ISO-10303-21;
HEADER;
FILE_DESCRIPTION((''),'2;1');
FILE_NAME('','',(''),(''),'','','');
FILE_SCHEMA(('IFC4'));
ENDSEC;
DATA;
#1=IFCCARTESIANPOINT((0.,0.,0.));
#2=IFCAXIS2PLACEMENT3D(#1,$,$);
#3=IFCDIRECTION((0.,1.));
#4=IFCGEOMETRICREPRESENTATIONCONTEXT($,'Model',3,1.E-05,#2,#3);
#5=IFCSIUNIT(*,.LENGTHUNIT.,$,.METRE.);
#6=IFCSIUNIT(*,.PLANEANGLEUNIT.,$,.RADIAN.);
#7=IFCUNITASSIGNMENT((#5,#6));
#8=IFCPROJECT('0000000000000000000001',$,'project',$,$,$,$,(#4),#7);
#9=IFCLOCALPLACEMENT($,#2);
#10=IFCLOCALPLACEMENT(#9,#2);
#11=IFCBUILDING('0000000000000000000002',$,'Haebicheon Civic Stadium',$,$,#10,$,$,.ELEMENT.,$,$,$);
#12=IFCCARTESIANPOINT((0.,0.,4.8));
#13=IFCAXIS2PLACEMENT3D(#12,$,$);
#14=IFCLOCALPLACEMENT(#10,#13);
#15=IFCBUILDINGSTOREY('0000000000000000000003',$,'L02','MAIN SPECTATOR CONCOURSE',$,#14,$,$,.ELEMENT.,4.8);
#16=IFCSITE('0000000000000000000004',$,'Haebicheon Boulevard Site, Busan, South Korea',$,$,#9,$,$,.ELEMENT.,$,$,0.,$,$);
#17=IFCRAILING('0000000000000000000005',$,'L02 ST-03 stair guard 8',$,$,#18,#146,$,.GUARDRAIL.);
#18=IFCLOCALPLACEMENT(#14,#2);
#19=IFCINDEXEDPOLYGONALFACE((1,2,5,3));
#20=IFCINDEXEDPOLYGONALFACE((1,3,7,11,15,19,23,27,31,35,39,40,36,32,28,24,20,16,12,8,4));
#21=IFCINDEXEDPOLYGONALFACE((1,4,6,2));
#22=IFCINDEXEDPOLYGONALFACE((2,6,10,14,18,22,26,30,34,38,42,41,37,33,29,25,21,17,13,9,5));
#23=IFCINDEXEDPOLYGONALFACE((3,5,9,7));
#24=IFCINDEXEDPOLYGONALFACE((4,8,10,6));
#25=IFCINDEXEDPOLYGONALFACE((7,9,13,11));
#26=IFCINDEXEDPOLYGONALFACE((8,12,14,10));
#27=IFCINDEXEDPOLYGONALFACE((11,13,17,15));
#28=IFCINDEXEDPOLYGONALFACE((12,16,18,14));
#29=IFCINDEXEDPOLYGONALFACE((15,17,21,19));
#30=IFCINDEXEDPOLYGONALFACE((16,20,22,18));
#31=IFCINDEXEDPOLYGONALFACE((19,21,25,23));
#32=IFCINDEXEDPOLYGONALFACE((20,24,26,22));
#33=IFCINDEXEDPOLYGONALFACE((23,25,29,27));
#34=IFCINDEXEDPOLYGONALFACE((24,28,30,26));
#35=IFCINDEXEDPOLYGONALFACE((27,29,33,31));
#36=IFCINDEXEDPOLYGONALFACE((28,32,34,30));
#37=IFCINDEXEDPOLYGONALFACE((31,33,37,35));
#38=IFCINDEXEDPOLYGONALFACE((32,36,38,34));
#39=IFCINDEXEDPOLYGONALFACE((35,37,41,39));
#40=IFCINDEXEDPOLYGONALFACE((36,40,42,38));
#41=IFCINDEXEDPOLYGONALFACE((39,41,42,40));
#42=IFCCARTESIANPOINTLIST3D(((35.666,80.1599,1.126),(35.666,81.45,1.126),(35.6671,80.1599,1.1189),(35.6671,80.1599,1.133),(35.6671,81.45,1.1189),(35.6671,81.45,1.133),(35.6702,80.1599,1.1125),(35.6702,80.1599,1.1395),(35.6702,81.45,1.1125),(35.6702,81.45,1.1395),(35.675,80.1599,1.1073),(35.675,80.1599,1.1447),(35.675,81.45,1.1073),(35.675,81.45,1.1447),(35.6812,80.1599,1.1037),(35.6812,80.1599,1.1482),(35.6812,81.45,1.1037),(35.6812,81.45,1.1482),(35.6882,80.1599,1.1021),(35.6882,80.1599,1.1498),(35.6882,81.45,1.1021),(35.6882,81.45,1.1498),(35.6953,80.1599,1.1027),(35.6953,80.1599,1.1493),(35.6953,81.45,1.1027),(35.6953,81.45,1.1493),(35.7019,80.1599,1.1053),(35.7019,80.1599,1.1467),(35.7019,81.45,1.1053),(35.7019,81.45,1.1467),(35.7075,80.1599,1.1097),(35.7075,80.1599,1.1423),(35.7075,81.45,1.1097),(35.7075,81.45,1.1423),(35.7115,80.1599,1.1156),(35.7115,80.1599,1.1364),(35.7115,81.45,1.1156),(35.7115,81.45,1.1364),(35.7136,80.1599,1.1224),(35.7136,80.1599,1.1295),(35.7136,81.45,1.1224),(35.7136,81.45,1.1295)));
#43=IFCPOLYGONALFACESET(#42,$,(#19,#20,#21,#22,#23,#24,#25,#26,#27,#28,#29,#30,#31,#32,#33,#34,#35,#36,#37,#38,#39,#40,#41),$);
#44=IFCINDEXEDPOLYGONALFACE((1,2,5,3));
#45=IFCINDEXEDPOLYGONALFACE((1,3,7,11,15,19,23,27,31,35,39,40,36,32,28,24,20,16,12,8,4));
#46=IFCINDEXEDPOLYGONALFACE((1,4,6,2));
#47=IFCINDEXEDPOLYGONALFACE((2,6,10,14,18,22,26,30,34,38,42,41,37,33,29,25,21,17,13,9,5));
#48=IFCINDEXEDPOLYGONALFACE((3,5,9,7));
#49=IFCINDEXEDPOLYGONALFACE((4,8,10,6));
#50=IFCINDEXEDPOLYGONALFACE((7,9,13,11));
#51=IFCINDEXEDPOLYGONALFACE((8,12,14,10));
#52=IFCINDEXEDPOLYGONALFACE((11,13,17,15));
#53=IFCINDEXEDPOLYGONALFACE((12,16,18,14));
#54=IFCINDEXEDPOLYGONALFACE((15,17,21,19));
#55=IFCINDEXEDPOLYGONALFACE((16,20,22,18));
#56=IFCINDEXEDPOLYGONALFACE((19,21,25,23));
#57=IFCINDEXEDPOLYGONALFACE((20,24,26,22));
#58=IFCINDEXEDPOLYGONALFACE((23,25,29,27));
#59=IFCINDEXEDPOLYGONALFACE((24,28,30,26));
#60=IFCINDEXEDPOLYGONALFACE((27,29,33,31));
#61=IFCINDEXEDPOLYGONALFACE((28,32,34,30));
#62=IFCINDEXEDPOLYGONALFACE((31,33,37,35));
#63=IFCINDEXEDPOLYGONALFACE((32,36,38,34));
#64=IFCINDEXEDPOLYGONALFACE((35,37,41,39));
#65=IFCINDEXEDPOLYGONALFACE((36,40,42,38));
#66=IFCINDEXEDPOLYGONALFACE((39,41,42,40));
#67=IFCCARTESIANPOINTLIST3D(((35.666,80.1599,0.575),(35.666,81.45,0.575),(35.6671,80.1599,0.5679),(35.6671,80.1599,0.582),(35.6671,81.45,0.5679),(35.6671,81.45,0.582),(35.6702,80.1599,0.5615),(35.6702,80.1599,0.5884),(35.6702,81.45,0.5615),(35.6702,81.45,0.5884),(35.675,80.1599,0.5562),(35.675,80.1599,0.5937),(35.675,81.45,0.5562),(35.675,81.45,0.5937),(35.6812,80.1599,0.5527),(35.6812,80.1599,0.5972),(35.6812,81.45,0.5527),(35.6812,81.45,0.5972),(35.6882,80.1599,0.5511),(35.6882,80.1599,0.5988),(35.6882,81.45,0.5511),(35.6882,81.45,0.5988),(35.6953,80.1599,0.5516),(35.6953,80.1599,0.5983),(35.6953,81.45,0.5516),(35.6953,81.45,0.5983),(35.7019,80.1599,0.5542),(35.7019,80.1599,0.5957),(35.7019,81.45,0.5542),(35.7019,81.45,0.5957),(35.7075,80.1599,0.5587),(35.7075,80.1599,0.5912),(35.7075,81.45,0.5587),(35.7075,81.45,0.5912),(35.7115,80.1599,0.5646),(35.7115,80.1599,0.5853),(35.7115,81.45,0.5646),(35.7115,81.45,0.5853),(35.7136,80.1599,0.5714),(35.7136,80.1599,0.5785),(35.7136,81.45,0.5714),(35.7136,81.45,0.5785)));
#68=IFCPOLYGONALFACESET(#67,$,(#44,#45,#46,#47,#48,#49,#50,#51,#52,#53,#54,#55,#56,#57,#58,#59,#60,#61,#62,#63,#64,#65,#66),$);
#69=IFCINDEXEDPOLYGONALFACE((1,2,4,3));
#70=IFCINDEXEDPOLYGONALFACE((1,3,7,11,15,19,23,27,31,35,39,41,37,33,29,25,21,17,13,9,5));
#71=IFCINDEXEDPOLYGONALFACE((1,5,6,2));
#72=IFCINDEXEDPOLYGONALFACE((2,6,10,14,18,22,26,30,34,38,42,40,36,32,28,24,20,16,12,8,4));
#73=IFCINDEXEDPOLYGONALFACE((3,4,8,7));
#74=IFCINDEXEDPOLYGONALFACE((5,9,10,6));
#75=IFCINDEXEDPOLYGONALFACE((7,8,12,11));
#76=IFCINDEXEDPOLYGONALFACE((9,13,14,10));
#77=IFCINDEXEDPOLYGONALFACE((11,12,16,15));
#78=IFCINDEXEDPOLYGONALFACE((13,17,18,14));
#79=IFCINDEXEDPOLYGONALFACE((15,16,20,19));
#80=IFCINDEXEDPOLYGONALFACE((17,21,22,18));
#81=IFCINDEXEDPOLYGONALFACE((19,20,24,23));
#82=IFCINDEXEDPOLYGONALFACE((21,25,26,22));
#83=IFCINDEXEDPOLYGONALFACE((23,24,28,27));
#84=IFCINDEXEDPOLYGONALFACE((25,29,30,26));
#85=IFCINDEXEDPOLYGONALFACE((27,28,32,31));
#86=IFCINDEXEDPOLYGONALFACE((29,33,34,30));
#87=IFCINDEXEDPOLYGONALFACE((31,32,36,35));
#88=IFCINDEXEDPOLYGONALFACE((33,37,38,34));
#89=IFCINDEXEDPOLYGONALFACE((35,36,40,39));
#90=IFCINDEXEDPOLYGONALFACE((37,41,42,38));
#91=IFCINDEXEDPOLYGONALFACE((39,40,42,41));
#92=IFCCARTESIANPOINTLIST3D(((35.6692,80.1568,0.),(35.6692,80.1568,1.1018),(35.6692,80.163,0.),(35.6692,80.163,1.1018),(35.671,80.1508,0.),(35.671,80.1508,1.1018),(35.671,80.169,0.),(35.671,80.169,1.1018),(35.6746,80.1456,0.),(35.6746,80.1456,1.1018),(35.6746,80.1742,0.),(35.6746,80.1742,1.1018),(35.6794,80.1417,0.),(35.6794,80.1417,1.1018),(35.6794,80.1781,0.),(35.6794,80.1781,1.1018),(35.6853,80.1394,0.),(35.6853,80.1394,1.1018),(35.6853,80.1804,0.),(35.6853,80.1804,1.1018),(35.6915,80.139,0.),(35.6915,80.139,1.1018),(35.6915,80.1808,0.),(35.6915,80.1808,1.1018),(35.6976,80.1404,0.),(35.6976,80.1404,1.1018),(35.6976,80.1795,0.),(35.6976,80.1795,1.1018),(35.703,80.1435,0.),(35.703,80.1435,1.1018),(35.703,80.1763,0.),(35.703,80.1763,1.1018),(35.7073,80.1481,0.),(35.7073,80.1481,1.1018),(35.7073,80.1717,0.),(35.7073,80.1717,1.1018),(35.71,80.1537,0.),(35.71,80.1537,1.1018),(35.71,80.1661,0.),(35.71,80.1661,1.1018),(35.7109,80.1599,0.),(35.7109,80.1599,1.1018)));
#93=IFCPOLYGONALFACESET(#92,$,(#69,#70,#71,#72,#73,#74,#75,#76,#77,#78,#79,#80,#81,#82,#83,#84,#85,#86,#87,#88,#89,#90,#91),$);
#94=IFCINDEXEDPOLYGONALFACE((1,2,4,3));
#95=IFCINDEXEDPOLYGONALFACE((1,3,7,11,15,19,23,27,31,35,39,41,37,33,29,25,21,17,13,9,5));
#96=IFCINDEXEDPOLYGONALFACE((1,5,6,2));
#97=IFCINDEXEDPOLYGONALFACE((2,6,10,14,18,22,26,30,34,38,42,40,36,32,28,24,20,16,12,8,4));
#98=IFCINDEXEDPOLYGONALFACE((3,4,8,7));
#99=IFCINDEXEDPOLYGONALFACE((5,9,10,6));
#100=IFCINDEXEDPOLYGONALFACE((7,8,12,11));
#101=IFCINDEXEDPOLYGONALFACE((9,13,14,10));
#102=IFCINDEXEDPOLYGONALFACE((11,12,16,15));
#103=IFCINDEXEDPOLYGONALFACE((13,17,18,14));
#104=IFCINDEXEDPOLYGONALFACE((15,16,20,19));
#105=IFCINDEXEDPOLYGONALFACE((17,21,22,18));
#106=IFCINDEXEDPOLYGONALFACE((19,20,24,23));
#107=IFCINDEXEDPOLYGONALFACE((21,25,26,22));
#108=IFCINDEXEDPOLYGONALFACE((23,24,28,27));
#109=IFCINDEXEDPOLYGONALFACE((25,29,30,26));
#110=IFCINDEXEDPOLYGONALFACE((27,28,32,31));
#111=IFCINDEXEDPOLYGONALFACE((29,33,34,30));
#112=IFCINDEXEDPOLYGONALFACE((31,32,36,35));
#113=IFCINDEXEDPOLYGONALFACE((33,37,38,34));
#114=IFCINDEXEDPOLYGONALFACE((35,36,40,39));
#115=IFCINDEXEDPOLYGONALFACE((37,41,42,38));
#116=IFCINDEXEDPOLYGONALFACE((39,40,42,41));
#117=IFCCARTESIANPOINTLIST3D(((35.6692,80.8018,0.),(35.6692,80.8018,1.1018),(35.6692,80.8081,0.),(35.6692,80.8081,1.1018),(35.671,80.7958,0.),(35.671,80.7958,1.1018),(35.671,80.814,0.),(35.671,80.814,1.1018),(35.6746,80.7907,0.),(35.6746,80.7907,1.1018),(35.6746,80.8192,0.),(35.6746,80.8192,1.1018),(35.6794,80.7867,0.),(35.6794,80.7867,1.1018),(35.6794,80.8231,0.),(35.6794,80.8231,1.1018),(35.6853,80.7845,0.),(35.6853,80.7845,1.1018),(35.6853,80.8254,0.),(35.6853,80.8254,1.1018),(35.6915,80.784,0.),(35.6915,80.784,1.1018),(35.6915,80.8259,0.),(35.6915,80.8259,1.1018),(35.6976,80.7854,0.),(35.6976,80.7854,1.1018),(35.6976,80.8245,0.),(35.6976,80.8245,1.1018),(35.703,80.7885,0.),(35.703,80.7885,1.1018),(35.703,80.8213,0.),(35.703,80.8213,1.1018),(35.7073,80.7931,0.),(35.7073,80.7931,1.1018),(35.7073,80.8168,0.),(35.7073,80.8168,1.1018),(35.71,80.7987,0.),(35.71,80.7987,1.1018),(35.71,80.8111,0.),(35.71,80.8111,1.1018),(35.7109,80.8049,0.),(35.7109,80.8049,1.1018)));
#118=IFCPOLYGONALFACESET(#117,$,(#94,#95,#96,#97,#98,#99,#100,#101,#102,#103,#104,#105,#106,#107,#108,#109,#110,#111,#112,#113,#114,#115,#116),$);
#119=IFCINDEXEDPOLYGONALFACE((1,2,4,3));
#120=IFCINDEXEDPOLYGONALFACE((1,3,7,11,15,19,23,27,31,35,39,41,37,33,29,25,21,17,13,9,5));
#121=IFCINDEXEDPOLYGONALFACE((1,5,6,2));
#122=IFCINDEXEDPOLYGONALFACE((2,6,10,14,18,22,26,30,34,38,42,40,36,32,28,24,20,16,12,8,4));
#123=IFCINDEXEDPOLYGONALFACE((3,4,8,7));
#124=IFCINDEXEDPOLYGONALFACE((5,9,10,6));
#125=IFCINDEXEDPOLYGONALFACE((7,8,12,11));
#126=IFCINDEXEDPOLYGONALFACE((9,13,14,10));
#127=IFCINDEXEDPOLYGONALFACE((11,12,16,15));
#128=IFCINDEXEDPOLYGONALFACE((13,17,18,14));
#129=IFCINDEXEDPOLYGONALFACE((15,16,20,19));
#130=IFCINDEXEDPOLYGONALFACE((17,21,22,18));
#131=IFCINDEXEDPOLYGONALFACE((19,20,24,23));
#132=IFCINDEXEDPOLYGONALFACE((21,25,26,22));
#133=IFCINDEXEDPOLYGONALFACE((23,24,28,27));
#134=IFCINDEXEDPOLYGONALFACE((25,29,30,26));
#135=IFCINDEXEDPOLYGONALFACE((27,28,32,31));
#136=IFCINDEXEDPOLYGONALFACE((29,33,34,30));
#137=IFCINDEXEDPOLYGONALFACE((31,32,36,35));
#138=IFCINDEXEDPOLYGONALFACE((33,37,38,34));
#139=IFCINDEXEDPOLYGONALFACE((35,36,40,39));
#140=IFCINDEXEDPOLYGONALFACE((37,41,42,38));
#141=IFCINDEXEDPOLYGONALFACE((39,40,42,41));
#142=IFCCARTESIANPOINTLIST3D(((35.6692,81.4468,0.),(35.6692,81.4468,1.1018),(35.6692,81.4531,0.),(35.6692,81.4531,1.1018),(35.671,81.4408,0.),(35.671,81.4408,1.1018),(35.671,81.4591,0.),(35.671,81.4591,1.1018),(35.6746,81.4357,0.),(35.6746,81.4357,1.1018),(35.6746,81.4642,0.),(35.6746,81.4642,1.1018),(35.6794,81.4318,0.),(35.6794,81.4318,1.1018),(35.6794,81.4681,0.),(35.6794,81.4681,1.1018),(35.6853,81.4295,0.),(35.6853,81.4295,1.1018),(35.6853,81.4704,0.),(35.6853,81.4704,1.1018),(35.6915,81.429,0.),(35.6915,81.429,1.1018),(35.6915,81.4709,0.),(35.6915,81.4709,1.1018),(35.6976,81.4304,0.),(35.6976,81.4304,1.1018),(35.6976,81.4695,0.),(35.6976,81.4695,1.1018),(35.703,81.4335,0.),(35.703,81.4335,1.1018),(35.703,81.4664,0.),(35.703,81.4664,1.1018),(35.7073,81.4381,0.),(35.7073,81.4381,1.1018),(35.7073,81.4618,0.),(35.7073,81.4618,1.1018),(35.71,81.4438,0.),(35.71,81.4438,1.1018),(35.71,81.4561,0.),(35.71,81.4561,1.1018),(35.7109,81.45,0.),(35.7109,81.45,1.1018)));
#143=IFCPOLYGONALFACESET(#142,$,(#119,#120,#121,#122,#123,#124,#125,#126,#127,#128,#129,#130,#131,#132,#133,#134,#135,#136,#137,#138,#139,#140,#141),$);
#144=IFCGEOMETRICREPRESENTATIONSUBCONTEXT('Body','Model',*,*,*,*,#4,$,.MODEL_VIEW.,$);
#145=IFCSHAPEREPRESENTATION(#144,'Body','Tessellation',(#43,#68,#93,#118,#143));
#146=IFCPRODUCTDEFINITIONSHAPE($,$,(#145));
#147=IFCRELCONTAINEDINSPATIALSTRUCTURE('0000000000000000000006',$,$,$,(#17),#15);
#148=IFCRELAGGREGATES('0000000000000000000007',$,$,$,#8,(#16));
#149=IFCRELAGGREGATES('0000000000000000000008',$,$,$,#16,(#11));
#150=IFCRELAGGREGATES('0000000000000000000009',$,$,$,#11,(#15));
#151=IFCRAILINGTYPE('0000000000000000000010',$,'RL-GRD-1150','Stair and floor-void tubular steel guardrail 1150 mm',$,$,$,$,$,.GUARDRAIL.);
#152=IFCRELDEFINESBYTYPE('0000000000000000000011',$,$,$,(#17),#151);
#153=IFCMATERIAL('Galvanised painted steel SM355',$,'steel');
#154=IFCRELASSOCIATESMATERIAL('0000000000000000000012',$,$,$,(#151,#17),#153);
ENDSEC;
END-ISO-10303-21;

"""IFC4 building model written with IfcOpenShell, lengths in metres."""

from ifc_helpers import new_model, si_unit, direction, frame, origin, origin_2d, place, context, subcontext, project, spatial, circle, extrude, material, type_object, element, save


model = new_model("IFC4")

# Units and contexts
model_context = context("Model", 3, precision=1e-05, world=origin(), true_north=direction((0.0, 1.0)))
body_context = subcontext(model_context, "Body", "Model", "MODEL_VIEW")
ifc_project = project(units=[si_unit("LENGTHUNIT", "METRE"), si_unit("PLANEANGLEUNIT", "RADIAN")], contexts=[model_context])

# Site, building, storey
site_placement = place(None, origin())
site = spatial("IfcSite", under=ifc_project, at=site_placement, Name="Haebicheon Boulevard Site, Busan, South Korea", CompositionType="ELEMENT", RefElevation=0.0)
building_placement = place(site_placement, origin())
building = spatial("IfcBuilding", under=site, at=building_placement, Name="Haebicheon Civic Stadium", CompositionType="ELEMENT")
storey_placement = place(building_placement, frame((0.0, 0.0, 4.8)))
storey = spatial("IfcBuildingStorey", under=building, at=storey_placement, Name="L02", Description="MAIN SPECTATOR CONCOURSE", CompositionType="ELEMENT", Elevation=4.8)

# Railing
ifc_material_1 = material(Name="Galvanised painted steel SM355", Category="steel")
railing_type_1 = type_object("IfcRailingType", Name="RL-GRD-1150", Description="Stair and floor-void tubular steel guardrail 1150 mm", PredefinedType="GUARDRAIL", material=ifc_material_1)
railing_1_placement = place(storey_placement, frame((35.6899, 80.1599, 0.0)))
element("IfcRailing", 1, at=railing_1_placement, inside=storey, type_object=railing_type_1, material=ifc_material_1, Name="L02 ST-03 stair guard 8", PredefinedType="GUARDRAIL", context=body_context, shape_type="SweptSolid", body=[
    extrude(circle(Radius=0.0239, at=origin_2d()), frame((0.0, 0.0, 1.126), z_axis=(0.0, 1.0, 0.0), x_axis=(-1.0, 0.0, 0.0)), (0.0, 0.0, 1.0), 1.29),
    extrude(circle(Radius=0.0239, at=origin_2d()), frame((0.0, 0.0, 0.575), z_axis=(0.0, 1.0, 0.0), x_axis=(-1.0, 0.0, 0.0)), (0.0, 0.0, 1.0), 1.29),
    extrude(circle(Radius=0.021, at=origin_2d()), origin(), (0.0, 0.0, 1.0), 1.1018),
    extrude(circle(Radius=0.021, at=origin_2d()), frame((0.0, 0.645, 0.0)), (0.0, 0.0, 1.0), 1.1018),
    extrude(circle(Radius=0.021, at=origin_2d()), frame((0.0, 1.29, 0.0)), (0.0, 0.0, 1.0), 1.1018),
])

save(model, "model.ifc")
